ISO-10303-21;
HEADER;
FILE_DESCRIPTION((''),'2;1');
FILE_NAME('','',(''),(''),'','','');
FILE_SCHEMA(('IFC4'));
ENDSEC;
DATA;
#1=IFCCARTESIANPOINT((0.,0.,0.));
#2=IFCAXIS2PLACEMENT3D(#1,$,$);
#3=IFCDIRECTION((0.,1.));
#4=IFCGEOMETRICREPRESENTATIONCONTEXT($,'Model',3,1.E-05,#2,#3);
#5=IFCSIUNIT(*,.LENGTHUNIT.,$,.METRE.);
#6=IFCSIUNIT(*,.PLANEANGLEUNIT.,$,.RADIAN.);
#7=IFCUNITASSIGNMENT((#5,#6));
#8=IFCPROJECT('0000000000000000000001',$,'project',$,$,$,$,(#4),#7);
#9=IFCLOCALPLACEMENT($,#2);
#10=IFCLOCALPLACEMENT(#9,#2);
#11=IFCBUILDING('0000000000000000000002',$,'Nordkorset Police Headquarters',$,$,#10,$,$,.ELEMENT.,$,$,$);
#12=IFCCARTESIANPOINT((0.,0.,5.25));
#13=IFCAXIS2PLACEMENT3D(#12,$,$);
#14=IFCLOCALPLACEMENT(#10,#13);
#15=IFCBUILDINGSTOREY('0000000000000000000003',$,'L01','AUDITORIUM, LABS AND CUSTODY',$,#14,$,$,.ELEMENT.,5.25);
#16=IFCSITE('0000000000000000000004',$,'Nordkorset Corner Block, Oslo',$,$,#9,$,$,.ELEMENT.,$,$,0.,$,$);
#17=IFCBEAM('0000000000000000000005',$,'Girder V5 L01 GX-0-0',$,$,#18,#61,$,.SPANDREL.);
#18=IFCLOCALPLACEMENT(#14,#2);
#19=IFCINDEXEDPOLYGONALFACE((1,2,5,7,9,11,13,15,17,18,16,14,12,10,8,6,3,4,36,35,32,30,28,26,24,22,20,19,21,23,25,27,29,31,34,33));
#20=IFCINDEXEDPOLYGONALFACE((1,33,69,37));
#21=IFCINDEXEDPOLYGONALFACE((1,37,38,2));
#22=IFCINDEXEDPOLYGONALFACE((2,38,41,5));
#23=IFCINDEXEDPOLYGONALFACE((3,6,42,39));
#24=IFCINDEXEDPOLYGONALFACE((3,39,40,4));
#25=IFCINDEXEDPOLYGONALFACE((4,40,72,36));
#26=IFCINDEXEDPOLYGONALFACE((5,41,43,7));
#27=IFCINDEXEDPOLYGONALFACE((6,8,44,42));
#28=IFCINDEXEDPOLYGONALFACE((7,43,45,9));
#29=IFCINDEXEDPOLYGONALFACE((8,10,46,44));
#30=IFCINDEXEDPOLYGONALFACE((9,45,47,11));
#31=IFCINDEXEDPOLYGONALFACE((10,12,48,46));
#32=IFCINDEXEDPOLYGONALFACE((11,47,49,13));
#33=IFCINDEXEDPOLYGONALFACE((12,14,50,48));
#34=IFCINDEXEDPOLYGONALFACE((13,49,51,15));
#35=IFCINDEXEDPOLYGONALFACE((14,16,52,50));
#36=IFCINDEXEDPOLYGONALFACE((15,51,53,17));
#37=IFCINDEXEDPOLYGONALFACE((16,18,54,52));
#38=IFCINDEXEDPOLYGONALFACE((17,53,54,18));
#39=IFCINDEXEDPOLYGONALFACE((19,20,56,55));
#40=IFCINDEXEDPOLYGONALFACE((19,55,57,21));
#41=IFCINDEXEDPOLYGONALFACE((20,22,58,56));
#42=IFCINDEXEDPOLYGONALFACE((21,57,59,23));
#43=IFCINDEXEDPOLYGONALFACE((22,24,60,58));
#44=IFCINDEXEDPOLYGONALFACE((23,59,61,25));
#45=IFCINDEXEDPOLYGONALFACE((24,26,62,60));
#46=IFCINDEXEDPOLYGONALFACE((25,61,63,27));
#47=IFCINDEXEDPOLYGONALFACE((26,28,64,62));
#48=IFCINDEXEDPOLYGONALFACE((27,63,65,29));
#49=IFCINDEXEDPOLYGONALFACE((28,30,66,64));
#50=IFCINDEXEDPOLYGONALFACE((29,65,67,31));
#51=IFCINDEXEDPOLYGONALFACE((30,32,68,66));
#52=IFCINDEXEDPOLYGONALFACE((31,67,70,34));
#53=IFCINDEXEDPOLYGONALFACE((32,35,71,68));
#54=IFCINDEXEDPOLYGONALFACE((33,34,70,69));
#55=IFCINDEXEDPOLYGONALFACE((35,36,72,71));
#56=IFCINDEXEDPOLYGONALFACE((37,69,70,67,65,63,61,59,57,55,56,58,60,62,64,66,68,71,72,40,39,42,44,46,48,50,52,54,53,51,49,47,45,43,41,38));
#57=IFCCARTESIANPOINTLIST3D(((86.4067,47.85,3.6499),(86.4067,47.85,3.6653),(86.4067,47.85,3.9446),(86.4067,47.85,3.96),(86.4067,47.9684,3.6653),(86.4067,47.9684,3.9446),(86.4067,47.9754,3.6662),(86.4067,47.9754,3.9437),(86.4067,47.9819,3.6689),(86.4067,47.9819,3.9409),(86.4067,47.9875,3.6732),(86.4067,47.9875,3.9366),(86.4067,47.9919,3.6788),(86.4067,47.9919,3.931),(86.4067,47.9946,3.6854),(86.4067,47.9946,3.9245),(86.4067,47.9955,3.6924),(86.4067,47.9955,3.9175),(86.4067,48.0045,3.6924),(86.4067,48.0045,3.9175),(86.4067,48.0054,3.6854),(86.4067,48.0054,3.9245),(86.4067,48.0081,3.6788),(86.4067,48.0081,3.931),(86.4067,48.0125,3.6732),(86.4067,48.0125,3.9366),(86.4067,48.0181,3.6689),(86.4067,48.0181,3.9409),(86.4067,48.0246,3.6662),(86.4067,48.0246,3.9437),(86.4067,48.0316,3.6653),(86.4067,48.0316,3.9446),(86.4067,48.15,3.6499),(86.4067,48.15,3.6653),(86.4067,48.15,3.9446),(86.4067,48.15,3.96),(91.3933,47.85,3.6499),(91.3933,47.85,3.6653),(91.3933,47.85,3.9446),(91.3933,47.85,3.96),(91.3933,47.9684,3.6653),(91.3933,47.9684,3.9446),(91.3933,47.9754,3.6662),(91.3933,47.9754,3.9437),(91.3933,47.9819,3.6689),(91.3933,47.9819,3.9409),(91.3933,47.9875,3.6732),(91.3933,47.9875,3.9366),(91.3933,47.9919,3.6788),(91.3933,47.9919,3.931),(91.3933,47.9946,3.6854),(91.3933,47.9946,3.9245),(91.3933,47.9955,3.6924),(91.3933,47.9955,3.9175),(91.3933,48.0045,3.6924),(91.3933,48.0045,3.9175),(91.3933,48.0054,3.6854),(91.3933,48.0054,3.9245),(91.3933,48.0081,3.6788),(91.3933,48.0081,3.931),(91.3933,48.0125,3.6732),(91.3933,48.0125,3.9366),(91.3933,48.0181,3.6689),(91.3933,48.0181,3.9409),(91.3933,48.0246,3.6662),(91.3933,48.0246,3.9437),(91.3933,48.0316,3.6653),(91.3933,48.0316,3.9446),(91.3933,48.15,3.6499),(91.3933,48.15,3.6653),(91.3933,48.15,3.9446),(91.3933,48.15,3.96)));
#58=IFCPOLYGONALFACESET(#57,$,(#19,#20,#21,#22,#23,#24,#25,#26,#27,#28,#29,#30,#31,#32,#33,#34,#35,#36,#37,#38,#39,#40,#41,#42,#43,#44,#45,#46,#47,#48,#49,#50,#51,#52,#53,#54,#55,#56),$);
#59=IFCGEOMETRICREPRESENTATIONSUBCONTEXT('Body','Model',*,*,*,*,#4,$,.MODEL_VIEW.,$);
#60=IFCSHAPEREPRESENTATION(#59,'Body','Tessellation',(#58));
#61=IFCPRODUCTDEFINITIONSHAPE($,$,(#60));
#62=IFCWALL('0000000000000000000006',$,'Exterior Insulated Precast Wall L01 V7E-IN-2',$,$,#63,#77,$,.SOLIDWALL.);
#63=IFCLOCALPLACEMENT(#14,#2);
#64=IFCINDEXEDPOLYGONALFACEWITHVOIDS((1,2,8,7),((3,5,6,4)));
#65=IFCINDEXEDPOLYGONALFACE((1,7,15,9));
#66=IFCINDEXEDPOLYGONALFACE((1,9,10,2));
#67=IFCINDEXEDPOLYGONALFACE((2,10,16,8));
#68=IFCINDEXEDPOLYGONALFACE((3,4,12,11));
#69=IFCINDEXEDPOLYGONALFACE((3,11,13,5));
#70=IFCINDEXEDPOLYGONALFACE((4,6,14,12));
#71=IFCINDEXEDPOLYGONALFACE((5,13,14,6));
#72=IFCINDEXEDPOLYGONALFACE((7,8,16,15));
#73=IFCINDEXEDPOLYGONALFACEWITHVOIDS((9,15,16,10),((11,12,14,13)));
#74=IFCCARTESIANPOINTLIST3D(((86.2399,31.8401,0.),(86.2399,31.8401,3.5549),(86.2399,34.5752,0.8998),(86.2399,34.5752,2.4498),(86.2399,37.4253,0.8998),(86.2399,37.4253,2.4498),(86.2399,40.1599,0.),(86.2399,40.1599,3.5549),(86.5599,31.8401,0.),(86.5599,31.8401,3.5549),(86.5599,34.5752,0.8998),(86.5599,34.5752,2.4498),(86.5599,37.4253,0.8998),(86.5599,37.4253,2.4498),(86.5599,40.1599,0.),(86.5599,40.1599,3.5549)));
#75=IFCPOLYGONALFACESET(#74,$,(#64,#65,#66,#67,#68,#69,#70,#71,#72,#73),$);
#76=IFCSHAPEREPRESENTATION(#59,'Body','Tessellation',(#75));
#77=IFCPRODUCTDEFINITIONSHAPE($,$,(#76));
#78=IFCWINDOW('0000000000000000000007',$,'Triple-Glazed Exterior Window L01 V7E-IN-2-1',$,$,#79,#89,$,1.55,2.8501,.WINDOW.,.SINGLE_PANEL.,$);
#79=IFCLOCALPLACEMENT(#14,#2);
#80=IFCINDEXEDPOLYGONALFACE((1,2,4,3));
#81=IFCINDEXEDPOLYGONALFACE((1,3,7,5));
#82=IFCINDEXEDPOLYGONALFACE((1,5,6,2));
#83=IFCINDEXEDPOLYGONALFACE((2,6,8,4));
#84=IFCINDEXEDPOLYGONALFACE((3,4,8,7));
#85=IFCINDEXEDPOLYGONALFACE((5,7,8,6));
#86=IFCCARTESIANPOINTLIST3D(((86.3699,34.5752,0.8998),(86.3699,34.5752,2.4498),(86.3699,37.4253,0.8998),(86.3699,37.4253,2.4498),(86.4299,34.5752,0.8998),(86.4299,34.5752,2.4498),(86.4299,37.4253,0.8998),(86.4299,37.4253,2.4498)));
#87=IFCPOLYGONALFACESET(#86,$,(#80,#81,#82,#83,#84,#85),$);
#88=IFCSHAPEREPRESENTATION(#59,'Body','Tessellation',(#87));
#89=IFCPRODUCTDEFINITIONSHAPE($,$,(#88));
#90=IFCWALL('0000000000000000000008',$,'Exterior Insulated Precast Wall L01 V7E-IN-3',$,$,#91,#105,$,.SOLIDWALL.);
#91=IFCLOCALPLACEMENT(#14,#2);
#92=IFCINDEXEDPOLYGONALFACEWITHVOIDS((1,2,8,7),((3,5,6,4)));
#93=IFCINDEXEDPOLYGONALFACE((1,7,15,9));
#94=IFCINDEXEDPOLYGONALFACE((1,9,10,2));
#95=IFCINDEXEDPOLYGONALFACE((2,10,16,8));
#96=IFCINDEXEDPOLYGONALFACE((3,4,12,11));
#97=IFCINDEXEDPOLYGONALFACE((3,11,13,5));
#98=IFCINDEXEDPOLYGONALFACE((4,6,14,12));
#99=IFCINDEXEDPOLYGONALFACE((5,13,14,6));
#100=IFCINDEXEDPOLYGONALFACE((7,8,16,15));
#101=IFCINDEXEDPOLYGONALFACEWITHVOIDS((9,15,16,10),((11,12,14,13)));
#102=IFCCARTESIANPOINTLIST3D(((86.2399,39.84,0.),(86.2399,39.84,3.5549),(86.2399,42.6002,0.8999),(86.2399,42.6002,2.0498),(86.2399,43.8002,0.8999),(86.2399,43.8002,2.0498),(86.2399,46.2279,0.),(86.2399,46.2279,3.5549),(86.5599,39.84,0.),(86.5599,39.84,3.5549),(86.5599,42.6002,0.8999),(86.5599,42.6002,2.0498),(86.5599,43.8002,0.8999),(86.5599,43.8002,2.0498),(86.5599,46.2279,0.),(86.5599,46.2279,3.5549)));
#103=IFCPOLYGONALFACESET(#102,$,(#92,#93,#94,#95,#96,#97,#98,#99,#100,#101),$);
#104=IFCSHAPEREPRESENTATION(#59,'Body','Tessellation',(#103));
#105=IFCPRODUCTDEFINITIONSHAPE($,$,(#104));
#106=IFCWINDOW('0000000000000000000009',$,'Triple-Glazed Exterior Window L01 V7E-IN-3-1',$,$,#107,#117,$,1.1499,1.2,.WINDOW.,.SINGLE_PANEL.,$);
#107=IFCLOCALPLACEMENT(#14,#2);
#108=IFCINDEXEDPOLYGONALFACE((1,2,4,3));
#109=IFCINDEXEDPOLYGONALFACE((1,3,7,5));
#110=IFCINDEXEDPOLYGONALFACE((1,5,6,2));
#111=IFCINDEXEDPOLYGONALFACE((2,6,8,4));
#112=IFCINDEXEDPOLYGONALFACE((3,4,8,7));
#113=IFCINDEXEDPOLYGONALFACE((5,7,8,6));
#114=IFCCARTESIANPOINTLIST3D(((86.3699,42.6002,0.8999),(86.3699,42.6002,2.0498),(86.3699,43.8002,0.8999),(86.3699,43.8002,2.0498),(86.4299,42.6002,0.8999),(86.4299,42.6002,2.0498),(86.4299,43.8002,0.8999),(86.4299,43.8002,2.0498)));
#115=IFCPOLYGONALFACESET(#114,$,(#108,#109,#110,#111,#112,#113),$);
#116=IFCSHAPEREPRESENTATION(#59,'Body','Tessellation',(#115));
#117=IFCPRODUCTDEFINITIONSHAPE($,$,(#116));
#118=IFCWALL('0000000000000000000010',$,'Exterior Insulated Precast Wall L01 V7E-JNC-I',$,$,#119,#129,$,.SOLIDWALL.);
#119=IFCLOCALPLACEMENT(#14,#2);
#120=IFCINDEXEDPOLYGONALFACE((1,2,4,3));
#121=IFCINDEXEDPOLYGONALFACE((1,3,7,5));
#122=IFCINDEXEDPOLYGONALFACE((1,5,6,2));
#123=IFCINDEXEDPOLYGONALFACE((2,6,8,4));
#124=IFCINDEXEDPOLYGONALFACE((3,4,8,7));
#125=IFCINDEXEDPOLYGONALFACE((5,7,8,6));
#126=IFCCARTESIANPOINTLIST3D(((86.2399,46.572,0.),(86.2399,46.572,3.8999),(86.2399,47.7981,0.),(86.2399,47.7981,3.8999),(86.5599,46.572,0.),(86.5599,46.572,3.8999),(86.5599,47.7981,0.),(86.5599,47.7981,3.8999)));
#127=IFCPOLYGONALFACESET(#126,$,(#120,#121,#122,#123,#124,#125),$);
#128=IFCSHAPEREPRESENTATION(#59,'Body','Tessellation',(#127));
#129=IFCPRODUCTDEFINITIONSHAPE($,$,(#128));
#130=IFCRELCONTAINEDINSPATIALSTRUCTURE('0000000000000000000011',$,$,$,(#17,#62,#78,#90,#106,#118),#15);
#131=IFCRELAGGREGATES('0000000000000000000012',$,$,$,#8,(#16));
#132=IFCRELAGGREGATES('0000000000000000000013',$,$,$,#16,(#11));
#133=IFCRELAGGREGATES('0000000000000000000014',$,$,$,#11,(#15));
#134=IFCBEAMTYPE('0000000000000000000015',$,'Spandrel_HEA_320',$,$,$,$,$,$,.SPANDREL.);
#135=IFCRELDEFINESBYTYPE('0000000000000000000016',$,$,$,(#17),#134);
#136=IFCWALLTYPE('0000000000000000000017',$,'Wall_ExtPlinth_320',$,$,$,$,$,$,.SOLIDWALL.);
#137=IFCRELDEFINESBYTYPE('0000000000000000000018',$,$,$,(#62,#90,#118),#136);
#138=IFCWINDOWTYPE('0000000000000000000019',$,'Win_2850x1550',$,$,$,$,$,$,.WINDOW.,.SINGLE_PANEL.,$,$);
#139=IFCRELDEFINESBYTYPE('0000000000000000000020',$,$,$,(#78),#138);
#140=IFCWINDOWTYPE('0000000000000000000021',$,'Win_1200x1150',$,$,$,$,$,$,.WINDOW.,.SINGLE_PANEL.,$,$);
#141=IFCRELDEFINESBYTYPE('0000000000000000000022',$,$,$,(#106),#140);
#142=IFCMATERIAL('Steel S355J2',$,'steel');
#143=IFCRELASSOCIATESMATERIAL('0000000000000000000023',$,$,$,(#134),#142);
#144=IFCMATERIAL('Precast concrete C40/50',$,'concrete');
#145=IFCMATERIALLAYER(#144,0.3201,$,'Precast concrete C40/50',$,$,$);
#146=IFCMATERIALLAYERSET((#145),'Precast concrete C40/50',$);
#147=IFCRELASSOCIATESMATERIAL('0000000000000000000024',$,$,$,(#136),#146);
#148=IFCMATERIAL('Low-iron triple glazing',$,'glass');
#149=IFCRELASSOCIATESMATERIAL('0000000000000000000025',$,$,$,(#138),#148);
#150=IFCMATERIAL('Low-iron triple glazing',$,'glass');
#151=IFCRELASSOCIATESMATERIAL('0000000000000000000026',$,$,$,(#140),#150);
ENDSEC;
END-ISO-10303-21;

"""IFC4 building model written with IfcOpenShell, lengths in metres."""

from ifc_helpers import new_model, si_unit, direction, frame, frame_2d, origin, origin_2d, place, context, subcontext, project, spatial, rectangle, i_section, extrude, material, layer, layer_set, material_profile, profile_set, type_object, element, fill, save


model = new_model("IFC4")

# Units and contexts
model_context = context("Model", 3, precision=1e-05, world=origin(), true_north=direction((0.0, 1.0)))
body_context = subcontext(model_context, "Body", "Model", "MODEL_VIEW")
ifc_project = project(units=[si_unit("LENGTHUNIT", "METRE"), si_unit("PLANEANGLEUNIT", "RADIAN")], contexts=[model_context])

# Site, building, storey
site_placement = place(None, origin())
site = spatial("IfcSite", under=ifc_project, at=site_placement, Name="Nordkorset Corner Block, Oslo", CompositionType="ELEMENT", RefElevation=0.0)
building_placement = place(site_placement, origin())
building = spatial("IfcBuilding", under=site, at=building_placement, Name="Nordkorset Police Headquarters", CompositionType="ELEMENT")
storey_placement = place(building_placement, frame((0.0, 0.0, 5.25)))
storey = spatial("IfcBuildingStorey", under=building, at=storey_placement, Name="L01", Description="AUDITORIUM, LABS AND CUSTODY", CompositionType="ELEMENT", Elevation=5.25)

# Beam
ifc_material_1 = material(Name="Steel S355J2", Category="steel")
ifc_material_profile_1 = material_profile(ifc_material_1, i_section(OverallWidth=0.3, OverallDepth=0.3101, WebThickness=0.009, FlangeThickness=0.0154, FilletRadius=0.0271, at=origin_2d()), Name="HEA 320")
ifc_profile_set_1 = profile_set([ifc_material_profile_1], Name="Steel S355J2")
beam_type_1 = type_object("IfcBeamType", Name="Spandrel_HEA_320", PredefinedType="SPANDREL", material=ifc_profile_set_1)
beam_1_placement = place(storey_placement, frame((86.4067, 48.0, 3.8049), z_axis=(1.0, 0.0, 0.0), x_axis=(0.0, 1.0, 0.0)))
element("IfcBeam", 1, at=beam_1_placement, inside=storey, type_object=beam_type_1, Name="Girder V5 L01 GX-0-0", PredefinedType="SPANDREL", context=body_context, shape_type="SweptSolid", body=[
    extrude(i_section(OverallWidth=0.3, OverallDepth=0.3101, WebThickness=0.009, FlangeThickness=0.0154, FilletRadius=0.0271, at=origin_2d()), origin(), (0.0, 0.0, 1.0), 4.9866),
])

# Walls, openings, windows
ifc_material_2 = material(Name="Precast concrete C40/50", Category="concrete")
ifc_layer_1 = layer(ifc_material_2, 0.3201, Name="Precast concrete C40/50")
ifc_layer_set_1 = layer_set([ifc_layer_1], Name="Precast concrete C40/50")
wall_type_1 = type_object("IfcWallType", Name="Wall_ExtPlinth_320", PredefinedType="SOLIDWALL", material=ifc_layer_set_1)
wall_1_placement = place(storey_placement, frame((86.3999, 31.8401, 0.0), z_axis=(0.0, 0.0, 1.0), x_axis=(0.0, 1.0, 0.0)))
wall_1 = element("IfcWall", 2, at=wall_1_placement, inside=storey, type_object=wall_type_1, Name="Exterior Insulated Precast Wall L01 V7E-IN-2", PredefinedType="SOLIDWALL", context=body_context, shape_type="SweptSolid", body=[
    extrude(rectangle(XDim=8.3198, YDim=0.3201, at=frame_2d((4.1599, 0.0))), origin(), (0.0, 0.0, 1.0), 3.5549),
])
opening_1_placement = place(wall_1_placement, frame((2.7351, 0.0, 0.8999)))
opening_1 = element("IfcOpeningElement", 3, at=opening_1_placement, cuts=wall_1, PredefinedType="OPENING", context=body_context, shape_type="SweptSolid", body=[
    extrude(rectangle(XDim=2.8501, YDim=1.55, at=frame_2d((1.425, 0.7749))), frame((0.0, 0.1699, 0.0), z_axis=(0.0, -1.0, 0.0), x_axis=(1.0, 0.0, 0.0)), (0.0, 0.0, 1.0), 0.3401),
])
ifc_material_3 = material(Name="Low-iron triple glazing", Category="glass")
window_type_1 = type_object("IfcWindowType", Name="Win_2850x1550", PartitioningType="SINGLE_PANEL", PredefinedType="WINDOW", material=ifc_material_3)
window_1_placement = place(opening_1_placement, origin())
window_1 = element("IfcWindow", 4, at=window_1_placement, inside=storey, type_object=window_type_1, Name="Triple-Glazed Exterior Window L01 V7E-IN-2-1", OverallHeight=1.55, OverallWidth=2.8501, PartitioningType="SINGLE_PANEL", PredefinedType="WINDOW", context=body_context, shape_type="SweptSolid", body=[
    extrude(rectangle(XDim=2.8501, YDim=1.55, at=frame_2d((1.425, 0.7749))), frame((0.0, 0.03, 0.0), z_axis=(0.0, -1.0, 0.0), x_axis=(1.0, 0.0, 0.0)), (0.0, 0.0, 1.0), 0.0601),
])
fill(opening_1, window_1)
wall_2_placement = place(storey_placement, frame((86.3999, 39.8401, 0.0), z_axis=(0.0, 0.0, 1.0), x_axis=(0.0, 1.0, 0.0)))
wall_2 = element("IfcWall", 5, at=wall_2_placement, inside=storey, type_object=wall_type_1, Name="Exterior Insulated Precast Wall L01 V7E-IN-3", PredefinedType="SOLIDWALL", context=body_context, shape_type="SweptSolid", body=[
    extrude(rectangle(XDim=6.3879, YDim=0.3201, at=frame_2d((3.1938, 0.0))), origin(), (0.0, 0.0, 1.0), 3.5549),
])
opening_2_placement = place(wall_2_placement, frame((2.76, 0.0, 0.8999)))
opening_2 = element("IfcOpeningElement", 6, at=opening_2_placement, cuts=wall_2, PredefinedType="OPENING", context=body_context, shape_type="SweptSolid", body=[
    extrude(rectangle(XDim=1.2, YDim=1.1499, at=frame_2d((0.6001, 0.575))), frame((0.0, 0.1699, 0.0), z_axis=(0.0, -1.0, 0.0), x_axis=(1.0, 0.0, 0.0)), (0.0, 0.0, 1.0), 0.3401),
])
ifc_material_4 = material(Name="Low-iron triple glazing", Category="glass")
window_type_2 = type_object("IfcWindowType", Name="Win_1200x1150", PartitioningType="SINGLE_PANEL", PredefinedType="WINDOW", material=ifc_material_4)
window_2_placement = place(opening_2_placement, origin())
window_2 = element("IfcWindow", 7, at=window_2_placement, inside=storey, type_object=window_type_2, Name="Triple-Glazed Exterior Window L01 V7E-IN-3-1", OverallHeight=1.1499, OverallWidth=1.2, PartitioningType="SINGLE_PANEL", PredefinedType="WINDOW", context=body_context, shape_type="SweptSolid", body=[
    extrude(rectangle(XDim=1.2, YDim=1.1499, at=frame_2d((0.6001, 0.575))), frame((0.0, 0.03, 0.0), z_axis=(0.0, -1.0, 0.0), x_axis=(1.0, 0.0, 0.0)), (0.0, 0.0, 1.0), 0.0601),
])
fill(opening_2, window_2)

# Wall
wall_3_placement = place(storey_placement, frame((86.3999, 46.572, 0.0), z_axis=(0.0, 0.0, 1.0), x_axis=(0.0, 1.0, 0.0)))
element("IfcWall", 8, at=wall_3_placement, inside=storey, type_object=wall_type_1, Name="Exterior Insulated Precast Wall L01 V7E-JNC-I", PredefinedType="SOLIDWALL", context=body_context, shape_type="SweptSolid", body=[
    extrude(rectangle(XDim=1.2261, YDim=0.3201, at=frame_2d((0.613, 0.0))), origin(), (0.0, 0.0, 1.0), 3.8999),
])

save(model, "model.ifc")
